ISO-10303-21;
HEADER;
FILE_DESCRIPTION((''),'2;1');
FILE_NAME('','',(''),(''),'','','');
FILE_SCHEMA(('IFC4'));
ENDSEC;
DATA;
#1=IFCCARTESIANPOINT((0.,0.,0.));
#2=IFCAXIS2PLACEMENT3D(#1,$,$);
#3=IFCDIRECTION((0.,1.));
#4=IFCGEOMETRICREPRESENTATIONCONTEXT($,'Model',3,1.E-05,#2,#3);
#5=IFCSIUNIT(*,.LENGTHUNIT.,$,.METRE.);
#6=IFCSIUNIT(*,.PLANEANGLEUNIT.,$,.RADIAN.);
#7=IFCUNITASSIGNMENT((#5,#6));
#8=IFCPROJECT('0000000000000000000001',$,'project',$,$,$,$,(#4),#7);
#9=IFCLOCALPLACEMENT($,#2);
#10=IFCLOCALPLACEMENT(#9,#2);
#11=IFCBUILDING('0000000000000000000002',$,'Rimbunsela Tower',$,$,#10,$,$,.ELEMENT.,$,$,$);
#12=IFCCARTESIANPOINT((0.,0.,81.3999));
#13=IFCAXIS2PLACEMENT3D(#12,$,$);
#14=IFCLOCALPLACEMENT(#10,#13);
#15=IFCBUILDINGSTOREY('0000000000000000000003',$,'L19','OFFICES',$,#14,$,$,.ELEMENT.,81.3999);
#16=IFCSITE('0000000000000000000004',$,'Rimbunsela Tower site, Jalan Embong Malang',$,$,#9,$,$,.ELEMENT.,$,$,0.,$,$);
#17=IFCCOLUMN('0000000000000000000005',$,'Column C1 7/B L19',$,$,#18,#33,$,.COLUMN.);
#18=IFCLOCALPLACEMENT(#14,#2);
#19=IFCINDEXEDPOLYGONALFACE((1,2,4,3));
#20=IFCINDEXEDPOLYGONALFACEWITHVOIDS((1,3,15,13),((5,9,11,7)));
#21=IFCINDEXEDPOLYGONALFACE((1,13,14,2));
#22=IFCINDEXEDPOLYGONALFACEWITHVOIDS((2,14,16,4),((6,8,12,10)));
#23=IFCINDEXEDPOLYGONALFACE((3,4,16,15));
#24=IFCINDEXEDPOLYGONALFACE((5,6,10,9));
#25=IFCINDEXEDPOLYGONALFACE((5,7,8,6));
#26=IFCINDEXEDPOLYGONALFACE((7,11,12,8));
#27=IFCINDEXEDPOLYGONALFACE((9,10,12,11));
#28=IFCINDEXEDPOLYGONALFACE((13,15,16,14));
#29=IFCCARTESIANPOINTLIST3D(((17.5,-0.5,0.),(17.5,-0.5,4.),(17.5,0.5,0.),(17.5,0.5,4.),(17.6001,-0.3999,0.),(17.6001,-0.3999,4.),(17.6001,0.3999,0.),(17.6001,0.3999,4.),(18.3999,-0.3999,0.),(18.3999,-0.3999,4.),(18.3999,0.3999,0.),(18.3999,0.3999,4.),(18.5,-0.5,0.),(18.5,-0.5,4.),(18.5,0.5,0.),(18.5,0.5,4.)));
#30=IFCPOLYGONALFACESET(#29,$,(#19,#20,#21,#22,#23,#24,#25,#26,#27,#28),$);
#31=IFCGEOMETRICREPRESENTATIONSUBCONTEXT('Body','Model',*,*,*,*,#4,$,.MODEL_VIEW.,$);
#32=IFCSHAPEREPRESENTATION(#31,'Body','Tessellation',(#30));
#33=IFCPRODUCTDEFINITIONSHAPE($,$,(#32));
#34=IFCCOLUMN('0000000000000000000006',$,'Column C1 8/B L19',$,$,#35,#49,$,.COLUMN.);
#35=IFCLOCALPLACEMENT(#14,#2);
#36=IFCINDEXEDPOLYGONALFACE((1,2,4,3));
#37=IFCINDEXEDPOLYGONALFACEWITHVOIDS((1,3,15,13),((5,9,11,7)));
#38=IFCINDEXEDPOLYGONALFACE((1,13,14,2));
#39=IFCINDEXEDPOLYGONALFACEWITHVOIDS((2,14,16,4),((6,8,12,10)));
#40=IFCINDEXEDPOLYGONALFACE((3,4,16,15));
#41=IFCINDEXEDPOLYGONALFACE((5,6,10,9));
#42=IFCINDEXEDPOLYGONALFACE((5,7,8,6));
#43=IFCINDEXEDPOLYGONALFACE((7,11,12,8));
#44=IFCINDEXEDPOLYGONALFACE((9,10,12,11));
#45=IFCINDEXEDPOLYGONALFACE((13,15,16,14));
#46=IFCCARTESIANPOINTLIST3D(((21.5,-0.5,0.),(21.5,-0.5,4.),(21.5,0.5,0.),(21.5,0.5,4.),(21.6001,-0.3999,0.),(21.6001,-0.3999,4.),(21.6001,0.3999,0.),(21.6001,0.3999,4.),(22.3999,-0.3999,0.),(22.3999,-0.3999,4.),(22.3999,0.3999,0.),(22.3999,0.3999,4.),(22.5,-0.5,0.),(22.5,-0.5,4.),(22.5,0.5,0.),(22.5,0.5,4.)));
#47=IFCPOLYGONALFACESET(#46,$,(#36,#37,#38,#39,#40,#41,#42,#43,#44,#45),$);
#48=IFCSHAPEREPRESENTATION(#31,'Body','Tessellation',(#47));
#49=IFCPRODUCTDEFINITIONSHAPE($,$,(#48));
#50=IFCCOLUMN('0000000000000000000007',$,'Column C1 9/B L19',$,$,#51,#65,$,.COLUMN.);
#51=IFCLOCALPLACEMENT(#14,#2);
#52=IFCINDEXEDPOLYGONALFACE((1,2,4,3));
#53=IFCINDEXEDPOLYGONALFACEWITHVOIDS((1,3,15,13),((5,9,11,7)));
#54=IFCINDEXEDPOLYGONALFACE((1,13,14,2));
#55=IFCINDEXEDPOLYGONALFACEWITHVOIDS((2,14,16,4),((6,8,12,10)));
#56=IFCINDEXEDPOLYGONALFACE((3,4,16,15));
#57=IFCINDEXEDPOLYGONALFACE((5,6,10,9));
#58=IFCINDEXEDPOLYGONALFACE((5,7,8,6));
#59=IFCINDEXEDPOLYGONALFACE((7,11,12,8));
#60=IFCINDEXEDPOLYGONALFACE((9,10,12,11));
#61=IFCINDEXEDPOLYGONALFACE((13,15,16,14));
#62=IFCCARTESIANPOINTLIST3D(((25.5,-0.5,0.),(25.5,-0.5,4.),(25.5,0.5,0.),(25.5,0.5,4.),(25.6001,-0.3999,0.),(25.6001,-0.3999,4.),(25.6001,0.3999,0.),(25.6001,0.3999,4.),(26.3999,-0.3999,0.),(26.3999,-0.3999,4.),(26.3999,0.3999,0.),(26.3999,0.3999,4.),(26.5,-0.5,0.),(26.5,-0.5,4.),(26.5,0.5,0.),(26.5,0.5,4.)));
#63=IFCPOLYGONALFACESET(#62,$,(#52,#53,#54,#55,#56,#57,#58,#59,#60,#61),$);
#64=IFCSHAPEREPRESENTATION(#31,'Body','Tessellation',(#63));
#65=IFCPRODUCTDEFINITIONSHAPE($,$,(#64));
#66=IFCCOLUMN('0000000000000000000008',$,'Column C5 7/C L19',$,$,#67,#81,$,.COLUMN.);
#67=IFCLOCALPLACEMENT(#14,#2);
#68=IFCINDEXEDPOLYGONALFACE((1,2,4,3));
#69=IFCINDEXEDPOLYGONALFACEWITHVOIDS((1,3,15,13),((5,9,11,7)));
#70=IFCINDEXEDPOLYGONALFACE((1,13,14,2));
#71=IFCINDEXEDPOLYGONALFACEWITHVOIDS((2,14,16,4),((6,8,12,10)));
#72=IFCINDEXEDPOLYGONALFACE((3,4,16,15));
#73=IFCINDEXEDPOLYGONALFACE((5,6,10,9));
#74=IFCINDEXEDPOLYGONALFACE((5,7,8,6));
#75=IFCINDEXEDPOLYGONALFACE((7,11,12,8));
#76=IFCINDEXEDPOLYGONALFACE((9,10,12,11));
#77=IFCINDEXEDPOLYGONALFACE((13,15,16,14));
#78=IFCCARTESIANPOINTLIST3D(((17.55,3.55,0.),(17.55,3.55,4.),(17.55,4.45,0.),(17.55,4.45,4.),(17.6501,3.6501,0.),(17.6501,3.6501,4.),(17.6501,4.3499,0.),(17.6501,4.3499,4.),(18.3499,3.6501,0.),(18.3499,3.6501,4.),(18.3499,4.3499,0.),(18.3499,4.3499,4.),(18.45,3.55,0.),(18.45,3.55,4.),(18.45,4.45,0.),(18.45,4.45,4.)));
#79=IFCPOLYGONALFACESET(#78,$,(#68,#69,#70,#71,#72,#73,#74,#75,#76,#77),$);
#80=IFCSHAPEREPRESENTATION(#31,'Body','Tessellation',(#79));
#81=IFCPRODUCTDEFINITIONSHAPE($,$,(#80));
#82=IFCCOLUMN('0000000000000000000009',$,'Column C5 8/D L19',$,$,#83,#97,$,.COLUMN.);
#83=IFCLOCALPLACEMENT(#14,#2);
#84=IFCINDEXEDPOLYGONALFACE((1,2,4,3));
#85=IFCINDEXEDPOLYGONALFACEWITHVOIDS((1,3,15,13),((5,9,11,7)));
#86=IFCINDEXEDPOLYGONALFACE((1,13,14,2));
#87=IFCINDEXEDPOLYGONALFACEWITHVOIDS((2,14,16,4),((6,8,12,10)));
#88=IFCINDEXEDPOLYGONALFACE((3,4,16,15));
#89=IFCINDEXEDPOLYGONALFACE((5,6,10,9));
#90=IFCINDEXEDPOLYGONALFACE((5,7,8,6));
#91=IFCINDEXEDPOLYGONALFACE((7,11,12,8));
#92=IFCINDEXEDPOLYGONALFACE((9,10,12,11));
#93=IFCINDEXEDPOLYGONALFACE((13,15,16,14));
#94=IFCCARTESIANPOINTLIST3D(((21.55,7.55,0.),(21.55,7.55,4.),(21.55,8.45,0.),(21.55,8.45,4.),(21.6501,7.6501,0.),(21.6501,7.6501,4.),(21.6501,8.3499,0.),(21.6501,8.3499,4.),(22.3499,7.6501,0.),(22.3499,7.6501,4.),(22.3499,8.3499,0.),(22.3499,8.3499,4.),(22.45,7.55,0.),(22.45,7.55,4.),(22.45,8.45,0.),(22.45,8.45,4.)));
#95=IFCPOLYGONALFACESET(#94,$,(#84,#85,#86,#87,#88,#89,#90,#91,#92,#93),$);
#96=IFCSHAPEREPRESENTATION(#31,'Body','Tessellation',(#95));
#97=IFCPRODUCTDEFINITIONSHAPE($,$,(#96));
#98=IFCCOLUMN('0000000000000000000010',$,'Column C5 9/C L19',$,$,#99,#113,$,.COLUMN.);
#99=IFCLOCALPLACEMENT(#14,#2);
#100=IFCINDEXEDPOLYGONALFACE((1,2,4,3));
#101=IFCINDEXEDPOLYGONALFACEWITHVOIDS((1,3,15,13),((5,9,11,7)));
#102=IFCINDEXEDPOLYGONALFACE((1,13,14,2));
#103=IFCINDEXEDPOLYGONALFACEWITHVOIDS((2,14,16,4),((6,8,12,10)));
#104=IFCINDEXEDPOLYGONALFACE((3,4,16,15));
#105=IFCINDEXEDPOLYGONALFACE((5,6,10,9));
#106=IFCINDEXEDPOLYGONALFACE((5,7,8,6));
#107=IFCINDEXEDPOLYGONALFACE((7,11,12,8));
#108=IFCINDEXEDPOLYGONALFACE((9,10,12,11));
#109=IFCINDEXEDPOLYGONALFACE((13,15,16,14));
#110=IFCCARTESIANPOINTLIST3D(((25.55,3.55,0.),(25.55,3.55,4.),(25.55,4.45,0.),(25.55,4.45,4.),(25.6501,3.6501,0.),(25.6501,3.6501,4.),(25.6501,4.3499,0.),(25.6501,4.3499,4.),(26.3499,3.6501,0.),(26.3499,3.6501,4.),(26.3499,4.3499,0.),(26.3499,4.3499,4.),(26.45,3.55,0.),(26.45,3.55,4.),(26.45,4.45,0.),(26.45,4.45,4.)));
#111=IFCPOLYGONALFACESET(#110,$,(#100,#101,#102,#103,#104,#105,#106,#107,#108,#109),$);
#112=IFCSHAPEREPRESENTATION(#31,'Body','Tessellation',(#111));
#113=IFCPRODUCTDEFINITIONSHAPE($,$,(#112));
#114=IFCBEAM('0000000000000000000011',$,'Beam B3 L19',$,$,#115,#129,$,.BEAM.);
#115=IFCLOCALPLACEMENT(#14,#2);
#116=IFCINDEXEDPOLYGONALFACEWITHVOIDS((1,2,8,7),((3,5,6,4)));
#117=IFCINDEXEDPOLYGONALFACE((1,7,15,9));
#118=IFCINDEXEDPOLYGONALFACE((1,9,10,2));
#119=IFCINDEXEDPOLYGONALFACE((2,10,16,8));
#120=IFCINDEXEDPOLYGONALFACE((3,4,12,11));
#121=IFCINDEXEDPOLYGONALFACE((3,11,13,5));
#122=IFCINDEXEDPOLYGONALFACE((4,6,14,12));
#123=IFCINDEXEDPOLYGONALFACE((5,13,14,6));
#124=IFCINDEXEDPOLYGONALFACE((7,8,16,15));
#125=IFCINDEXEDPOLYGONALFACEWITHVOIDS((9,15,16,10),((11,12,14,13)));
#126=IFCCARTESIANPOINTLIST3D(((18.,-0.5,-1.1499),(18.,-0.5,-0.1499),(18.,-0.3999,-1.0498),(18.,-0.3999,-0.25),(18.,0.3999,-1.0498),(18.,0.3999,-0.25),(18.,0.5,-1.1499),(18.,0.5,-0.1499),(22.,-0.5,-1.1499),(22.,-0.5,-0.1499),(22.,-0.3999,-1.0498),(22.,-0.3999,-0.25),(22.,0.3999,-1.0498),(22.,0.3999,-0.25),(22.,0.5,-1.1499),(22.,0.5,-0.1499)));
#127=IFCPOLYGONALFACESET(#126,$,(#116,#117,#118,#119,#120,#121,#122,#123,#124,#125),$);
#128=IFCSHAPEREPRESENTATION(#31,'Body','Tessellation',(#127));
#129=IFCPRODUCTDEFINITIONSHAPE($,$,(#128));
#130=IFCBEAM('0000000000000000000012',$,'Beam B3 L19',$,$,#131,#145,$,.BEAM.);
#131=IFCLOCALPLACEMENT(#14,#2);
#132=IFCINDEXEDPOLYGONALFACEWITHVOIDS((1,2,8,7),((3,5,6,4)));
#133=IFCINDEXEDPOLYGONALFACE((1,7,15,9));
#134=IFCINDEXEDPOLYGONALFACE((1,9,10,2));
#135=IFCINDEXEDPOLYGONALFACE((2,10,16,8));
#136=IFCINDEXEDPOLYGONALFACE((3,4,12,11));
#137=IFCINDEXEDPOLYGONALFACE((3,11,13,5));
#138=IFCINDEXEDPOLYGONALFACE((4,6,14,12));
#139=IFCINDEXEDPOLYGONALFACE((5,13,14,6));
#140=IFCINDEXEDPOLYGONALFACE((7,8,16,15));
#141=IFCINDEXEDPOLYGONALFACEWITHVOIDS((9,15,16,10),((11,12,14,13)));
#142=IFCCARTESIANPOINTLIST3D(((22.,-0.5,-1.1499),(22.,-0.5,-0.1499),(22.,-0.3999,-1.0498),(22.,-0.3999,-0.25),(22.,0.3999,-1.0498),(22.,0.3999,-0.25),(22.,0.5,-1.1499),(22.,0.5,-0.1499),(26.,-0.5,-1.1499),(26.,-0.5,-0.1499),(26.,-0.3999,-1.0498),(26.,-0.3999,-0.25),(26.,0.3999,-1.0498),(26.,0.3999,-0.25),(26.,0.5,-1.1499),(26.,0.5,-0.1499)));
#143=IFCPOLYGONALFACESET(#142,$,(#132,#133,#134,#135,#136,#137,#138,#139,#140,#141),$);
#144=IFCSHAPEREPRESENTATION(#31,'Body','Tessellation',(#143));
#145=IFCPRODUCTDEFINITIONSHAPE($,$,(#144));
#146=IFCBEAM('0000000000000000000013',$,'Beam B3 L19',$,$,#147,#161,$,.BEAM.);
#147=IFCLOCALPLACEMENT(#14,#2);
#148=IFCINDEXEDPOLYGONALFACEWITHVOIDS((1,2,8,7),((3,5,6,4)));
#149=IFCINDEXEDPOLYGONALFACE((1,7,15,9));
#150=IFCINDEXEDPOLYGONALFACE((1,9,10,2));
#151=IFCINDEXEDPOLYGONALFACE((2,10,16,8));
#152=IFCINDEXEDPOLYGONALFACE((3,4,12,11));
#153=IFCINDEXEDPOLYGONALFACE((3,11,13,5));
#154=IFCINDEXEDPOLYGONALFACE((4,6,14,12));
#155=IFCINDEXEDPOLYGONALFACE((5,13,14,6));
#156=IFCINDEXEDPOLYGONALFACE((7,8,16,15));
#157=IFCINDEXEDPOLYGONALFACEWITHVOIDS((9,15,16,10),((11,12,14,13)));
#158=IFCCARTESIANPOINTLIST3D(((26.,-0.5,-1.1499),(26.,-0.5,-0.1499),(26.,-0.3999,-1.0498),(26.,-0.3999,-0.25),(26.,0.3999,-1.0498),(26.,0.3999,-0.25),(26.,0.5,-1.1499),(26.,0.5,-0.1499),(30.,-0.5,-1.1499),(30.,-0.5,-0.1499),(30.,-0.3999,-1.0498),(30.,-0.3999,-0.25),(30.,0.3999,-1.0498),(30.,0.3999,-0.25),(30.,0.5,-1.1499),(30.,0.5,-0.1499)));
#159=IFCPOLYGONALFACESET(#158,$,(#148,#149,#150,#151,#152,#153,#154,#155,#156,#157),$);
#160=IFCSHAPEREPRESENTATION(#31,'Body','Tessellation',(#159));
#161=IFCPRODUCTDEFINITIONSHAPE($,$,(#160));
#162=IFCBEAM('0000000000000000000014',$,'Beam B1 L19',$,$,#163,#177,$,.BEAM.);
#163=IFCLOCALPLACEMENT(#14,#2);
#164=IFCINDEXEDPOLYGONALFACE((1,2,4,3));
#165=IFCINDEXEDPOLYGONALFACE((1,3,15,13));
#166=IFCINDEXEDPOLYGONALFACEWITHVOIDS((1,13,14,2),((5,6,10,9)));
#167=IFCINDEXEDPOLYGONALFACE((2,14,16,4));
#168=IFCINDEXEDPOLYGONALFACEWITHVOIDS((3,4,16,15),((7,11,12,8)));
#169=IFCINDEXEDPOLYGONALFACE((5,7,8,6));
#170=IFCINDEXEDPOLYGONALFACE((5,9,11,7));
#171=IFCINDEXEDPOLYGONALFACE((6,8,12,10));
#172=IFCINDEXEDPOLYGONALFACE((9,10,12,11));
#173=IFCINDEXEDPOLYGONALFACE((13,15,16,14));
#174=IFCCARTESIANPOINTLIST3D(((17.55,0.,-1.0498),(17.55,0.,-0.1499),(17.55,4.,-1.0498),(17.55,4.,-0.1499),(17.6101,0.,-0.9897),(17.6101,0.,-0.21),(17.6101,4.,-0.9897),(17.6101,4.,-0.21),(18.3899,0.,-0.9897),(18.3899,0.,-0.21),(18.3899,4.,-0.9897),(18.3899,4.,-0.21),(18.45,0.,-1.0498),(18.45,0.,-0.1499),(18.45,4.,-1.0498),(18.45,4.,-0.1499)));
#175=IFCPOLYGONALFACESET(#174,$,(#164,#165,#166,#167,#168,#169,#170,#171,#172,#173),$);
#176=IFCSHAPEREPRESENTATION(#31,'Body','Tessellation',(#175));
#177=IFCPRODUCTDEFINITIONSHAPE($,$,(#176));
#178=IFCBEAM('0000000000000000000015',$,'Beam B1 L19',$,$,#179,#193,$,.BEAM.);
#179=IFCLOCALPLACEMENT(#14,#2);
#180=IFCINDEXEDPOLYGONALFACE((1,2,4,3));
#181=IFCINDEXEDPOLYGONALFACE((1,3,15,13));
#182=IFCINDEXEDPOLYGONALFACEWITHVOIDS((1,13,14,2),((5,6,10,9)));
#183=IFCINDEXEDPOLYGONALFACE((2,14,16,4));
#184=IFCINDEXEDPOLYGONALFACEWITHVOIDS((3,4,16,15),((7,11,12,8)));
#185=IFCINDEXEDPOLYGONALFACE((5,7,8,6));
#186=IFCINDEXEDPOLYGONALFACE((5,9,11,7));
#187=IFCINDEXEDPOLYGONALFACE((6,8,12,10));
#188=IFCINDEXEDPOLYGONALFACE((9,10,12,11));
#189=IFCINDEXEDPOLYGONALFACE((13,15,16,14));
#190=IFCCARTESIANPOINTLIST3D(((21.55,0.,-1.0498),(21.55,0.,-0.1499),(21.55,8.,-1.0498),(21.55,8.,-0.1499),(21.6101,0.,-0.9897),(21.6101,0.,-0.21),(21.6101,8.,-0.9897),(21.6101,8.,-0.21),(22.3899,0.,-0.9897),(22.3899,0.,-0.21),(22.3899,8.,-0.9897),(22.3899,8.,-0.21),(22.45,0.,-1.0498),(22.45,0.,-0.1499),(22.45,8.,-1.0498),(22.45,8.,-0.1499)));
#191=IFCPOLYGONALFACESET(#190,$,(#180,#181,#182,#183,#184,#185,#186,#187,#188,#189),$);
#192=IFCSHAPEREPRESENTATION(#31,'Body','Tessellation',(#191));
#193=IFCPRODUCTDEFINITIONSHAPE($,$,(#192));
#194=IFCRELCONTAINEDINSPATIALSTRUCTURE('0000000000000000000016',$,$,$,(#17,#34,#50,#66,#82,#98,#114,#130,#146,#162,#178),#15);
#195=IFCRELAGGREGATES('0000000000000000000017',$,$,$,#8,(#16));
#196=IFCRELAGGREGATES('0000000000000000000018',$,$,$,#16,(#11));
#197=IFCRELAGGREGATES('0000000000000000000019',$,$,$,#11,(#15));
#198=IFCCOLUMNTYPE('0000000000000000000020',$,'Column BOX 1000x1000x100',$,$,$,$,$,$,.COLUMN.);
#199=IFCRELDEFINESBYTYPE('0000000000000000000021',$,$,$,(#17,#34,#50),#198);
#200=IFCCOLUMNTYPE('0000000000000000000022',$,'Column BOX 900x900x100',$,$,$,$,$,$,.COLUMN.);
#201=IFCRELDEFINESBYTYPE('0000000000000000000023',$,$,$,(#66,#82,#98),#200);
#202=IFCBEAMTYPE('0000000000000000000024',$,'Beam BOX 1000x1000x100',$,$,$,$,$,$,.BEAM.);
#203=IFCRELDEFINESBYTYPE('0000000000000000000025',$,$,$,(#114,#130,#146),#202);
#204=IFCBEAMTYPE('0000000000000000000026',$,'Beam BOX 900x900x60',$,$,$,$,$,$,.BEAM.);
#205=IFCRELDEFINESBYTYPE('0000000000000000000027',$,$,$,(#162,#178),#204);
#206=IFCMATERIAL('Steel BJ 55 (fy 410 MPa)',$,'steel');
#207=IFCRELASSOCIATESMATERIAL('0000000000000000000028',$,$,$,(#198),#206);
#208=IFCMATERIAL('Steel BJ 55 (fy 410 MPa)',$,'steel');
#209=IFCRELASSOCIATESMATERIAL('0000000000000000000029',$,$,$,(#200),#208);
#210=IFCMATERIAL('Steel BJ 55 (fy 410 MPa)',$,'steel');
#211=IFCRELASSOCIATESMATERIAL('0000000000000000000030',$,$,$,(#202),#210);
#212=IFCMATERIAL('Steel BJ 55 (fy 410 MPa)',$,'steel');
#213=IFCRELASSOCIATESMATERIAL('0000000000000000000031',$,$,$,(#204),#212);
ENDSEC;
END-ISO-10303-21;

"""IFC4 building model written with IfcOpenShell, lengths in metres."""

from ifc_helpers import new_model, si_unit, direction, frame, origin, origin_2d, place, context, subcontext, project, spatial, hollow_rectangle, extrude, material, material_profile, profile_set, type_object, element, save


model = new_model("IFC4")

# Units and contexts
model_context = context("Model", 3, precision=1e-05, world=origin(), true_north=direction((0.0, 1.0)))
body_context = subcontext(model_context, "Body", "Model", "MODEL_VIEW")
ifc_project = project(units=[si_unit("LENGTHUNIT", "METRE"), si_unit("PLANEANGLEUNIT", "RADIAN")], contexts=[model_context])

# Site, building, storey
site_placement = place(None, origin())
site = spatial("IfcSite", under=ifc_project, at=site_placement, Name="Rimbunsela Tower site, Jalan Embong Malang", CompositionType="ELEMENT", RefElevation=0.0)
building_placement = place(site_placement, origin())
building = spatial("IfcBuilding", under=site, at=building_placement, Name="Rimbunsela Tower", CompositionType="ELEMENT")
storey_placement = place(building_placement, frame((0.0, 0.0, 81.3999)))
storey = spatial("IfcBuildingStorey", under=building, at=storey_placement, Name="L19", Description="OFFICES", CompositionType="ELEMENT", Elevation=81.3999)

# Columns
ifc_material_1 = material(Name="Steel BJ 55 (fy 410 MPa)", Category="steel")
ifc_material_profile_1 = material_profile(ifc_material_1, hollow_rectangle(XDim=1.0, YDim=1.0, WallThickness=0.1001, at=origin_2d()), Name="BOX 1000x1000x100")
ifc_profile_set_1 = profile_set([ifc_material_profile_1], Name="Steel BJ 55 (fy 410 MPa)")
column_type_1 = type_object("IfcColumnType", Name="Column BOX 1000x1000x100", PredefinedType="COLUMN", material=ifc_profile_set_1)
for number, where, z_axis, x_axis, name in (
    (1, (18.0, 0.0, 0.0), (0.0, 0.0, 1.0), (1.0, 0.0, 0.0), "Column C1 7/B L19"),
    (2, (22.0, 0.0, 0.0), (0.0, 0.0, 1.0), (1.0, 0.0, 0.0), "Column C1 8/B L19"),
    (3, (26.0, 0.0, 0.0), (0.0, 0.0, 1.0), (1.0, 0.0, 0.0), "Column C1 9/B L19"),
):
    element("IfcColumn", number, at=place(storey_placement, frame(where, z_axis=z_axis, x_axis=x_axis)), inside=storey, type_object=column_type_1, Name=name, PredefinedType="COLUMN", context=body_context, shape_type="SweptSolid", body=[
        extrude(hollow_rectangle(XDim=1.0, YDim=1.0, WallThickness=0.1001, at=origin_2d()), origin(), (0.0, 0.0, 1.0), 4.0),
    ])
ifc_material_2 = material(Name="Steel BJ 55 (fy 410 MPa)", Category="steel")
ifc_material_profile_2 = material_profile(ifc_material_2, hollow_rectangle(XDim=0.8999, YDim=0.8999, WallThickness=0.1001, at=origin_2d()), Name="BOX 900x900x100")
ifc_profile_set_2 = profile_set([ifc_material_profile_2], Name="Steel BJ 55 (fy 410 MPa)")
column_type_2 = type_object("IfcColumnType", Name="Column BOX 900x900x100", PredefinedType="COLUMN", material=ifc_profile_set_2)
for number, where, z_axis, x_axis, name in (
    (4, (18.0, 4.0, 0.0), (0.0, 0.0, 1.0), (1.0, 0.0, 0.0), "Column C5 7/C L19"),
    (5, (22.0, 8.0, 0.0), (0.0, 0.0, 1.0), (1.0, 0.0, 0.0), "Column C5 8/D L19"),
    (6, (26.0, 4.0, 0.0), (0.0, 0.0, 1.0), (1.0, 0.0, 0.0), "Column C5 9/C L19"),
):
    element("IfcColumn", number, at=place(storey_placement, frame(where, z_axis=z_axis, x_axis=x_axis)), inside=storey, type_object=column_type_2, Name=name, PredefinedType="COLUMN", context=body_context, shape_type="SweptSolid", body=[
        extrude(hollow_rectangle(XDim=0.8999, YDim=0.8999, WallThickness=0.1001, at=origin_2d()), origin(), (0.0, 0.0, 1.0), 4.0),
    ])

# Beams
ifc_material_3 = material(Name="Steel BJ 55 (fy 410 MPa)", Category="steel")
ifc_material_profile_3 = material_profile(ifc_material_3, hollow_rectangle(XDim=1.0, YDim=1.0, WallThickness=0.1001, at=origin_2d()), Name="BOX 1000x1000x100")
ifc_profile_set_3 = profile_set([ifc_material_profile_3], Name="Steel BJ 55 (fy 410 MPa)")
beam_type_1 = type_object("IfcBeamType", Name="Beam BOX 1000x1000x100", PredefinedType="BEAM", material=ifc_profile_set_3)
for number, where, z_axis, x_axis, name in (
    (7, (18.0, 0.0, -0.6499), (1.0, 0.0, 0.0), (0.0, 1.0, 0.0), "Beam B3 L19"),
    (8, (22.0, 0.0, -0.6499), (1.0, 0.0, 0.0), (0.0, 1.0, 0.0), "Beam B3 L19"),
    (9, (26.0, 0.0, -0.6499), (1.0, 0.0, 0.0), (0.0, 1.0, 0.0), "Beam B3 L19"),
):
    element("IfcBeam", number, at=place(storey_placement, frame(where, z_axis=z_axis, x_axis=x_axis)), inside=storey, type_object=beam_type_1, Name=name, PredefinedType="BEAM", context=body_context, shape_type="SweptSolid", body=[
        extrude(hollow_rectangle(XDim=1.0, YDim=1.0, WallThickness=0.1001, at=origin_2d()), origin(), (0.0, 0.0, 1.0), 4.0),
    ])
ifc_material_4 = material(Name="Steel BJ 55 (fy 410 MPa)", Category="steel")
ifc_material_profile_4 = material_profile(ifc_material_4, hollow_rectangle(XDim=0.8999, YDim=0.8999, WallThickness=0.0601, at=origin_2d()), Name="BOX 900x900x60")
ifc_profile_set_4 = profile_set([ifc_material_profile_4], Name="Steel BJ 55 (fy 410 MPa)")
beam_type_2 = type_object("IfcBeamType", Name="Beam BOX 900x900x60", PredefinedType="BEAM", material=ifc_profile_set_4)
beam_1_placement = place(storey_placement, frame((18.0, 0.0, -0.5999), z_axis=(0.0, 1.0, 0.0), x_axis=(-1.0, 0.0, 0.0)))
element("IfcBeam", 10, at=beam_1_placement, inside=storey, type_object=beam_type_2, Name="Beam B1 L19", PredefinedType="BEAM", context=body_context, shape_type="SweptSolid", body=[
    extrude(hollow_rectangle(XDim=0.8999, YDim=0.8999, WallThickness=0.0601, at=origin_2d()), origin(), (0.0, 0.0, 1.0), 4.0),
])
beam_2_placement = place(storey_placement, frame((22.0, 0.0, -0.5999), z_axis=(0.0, 1.0, 0.0), x_axis=(-1.0, 0.0, 0.0)))
element("IfcBeam", 11, at=beam_2_placement, inside=storey, type_object=beam_type_2, Name="Beam B1 L19", PredefinedType="BEAM", context=body_context, shape_type="SweptSolid", body=[
    extrude(hollow_rectangle(XDim=0.8999, YDim=0.8999, WallThickness=0.0601, at=origin_2d()), origin(), (0.0, 0.0, 1.0), 8.0),
])

save(model, "model.ifc")
